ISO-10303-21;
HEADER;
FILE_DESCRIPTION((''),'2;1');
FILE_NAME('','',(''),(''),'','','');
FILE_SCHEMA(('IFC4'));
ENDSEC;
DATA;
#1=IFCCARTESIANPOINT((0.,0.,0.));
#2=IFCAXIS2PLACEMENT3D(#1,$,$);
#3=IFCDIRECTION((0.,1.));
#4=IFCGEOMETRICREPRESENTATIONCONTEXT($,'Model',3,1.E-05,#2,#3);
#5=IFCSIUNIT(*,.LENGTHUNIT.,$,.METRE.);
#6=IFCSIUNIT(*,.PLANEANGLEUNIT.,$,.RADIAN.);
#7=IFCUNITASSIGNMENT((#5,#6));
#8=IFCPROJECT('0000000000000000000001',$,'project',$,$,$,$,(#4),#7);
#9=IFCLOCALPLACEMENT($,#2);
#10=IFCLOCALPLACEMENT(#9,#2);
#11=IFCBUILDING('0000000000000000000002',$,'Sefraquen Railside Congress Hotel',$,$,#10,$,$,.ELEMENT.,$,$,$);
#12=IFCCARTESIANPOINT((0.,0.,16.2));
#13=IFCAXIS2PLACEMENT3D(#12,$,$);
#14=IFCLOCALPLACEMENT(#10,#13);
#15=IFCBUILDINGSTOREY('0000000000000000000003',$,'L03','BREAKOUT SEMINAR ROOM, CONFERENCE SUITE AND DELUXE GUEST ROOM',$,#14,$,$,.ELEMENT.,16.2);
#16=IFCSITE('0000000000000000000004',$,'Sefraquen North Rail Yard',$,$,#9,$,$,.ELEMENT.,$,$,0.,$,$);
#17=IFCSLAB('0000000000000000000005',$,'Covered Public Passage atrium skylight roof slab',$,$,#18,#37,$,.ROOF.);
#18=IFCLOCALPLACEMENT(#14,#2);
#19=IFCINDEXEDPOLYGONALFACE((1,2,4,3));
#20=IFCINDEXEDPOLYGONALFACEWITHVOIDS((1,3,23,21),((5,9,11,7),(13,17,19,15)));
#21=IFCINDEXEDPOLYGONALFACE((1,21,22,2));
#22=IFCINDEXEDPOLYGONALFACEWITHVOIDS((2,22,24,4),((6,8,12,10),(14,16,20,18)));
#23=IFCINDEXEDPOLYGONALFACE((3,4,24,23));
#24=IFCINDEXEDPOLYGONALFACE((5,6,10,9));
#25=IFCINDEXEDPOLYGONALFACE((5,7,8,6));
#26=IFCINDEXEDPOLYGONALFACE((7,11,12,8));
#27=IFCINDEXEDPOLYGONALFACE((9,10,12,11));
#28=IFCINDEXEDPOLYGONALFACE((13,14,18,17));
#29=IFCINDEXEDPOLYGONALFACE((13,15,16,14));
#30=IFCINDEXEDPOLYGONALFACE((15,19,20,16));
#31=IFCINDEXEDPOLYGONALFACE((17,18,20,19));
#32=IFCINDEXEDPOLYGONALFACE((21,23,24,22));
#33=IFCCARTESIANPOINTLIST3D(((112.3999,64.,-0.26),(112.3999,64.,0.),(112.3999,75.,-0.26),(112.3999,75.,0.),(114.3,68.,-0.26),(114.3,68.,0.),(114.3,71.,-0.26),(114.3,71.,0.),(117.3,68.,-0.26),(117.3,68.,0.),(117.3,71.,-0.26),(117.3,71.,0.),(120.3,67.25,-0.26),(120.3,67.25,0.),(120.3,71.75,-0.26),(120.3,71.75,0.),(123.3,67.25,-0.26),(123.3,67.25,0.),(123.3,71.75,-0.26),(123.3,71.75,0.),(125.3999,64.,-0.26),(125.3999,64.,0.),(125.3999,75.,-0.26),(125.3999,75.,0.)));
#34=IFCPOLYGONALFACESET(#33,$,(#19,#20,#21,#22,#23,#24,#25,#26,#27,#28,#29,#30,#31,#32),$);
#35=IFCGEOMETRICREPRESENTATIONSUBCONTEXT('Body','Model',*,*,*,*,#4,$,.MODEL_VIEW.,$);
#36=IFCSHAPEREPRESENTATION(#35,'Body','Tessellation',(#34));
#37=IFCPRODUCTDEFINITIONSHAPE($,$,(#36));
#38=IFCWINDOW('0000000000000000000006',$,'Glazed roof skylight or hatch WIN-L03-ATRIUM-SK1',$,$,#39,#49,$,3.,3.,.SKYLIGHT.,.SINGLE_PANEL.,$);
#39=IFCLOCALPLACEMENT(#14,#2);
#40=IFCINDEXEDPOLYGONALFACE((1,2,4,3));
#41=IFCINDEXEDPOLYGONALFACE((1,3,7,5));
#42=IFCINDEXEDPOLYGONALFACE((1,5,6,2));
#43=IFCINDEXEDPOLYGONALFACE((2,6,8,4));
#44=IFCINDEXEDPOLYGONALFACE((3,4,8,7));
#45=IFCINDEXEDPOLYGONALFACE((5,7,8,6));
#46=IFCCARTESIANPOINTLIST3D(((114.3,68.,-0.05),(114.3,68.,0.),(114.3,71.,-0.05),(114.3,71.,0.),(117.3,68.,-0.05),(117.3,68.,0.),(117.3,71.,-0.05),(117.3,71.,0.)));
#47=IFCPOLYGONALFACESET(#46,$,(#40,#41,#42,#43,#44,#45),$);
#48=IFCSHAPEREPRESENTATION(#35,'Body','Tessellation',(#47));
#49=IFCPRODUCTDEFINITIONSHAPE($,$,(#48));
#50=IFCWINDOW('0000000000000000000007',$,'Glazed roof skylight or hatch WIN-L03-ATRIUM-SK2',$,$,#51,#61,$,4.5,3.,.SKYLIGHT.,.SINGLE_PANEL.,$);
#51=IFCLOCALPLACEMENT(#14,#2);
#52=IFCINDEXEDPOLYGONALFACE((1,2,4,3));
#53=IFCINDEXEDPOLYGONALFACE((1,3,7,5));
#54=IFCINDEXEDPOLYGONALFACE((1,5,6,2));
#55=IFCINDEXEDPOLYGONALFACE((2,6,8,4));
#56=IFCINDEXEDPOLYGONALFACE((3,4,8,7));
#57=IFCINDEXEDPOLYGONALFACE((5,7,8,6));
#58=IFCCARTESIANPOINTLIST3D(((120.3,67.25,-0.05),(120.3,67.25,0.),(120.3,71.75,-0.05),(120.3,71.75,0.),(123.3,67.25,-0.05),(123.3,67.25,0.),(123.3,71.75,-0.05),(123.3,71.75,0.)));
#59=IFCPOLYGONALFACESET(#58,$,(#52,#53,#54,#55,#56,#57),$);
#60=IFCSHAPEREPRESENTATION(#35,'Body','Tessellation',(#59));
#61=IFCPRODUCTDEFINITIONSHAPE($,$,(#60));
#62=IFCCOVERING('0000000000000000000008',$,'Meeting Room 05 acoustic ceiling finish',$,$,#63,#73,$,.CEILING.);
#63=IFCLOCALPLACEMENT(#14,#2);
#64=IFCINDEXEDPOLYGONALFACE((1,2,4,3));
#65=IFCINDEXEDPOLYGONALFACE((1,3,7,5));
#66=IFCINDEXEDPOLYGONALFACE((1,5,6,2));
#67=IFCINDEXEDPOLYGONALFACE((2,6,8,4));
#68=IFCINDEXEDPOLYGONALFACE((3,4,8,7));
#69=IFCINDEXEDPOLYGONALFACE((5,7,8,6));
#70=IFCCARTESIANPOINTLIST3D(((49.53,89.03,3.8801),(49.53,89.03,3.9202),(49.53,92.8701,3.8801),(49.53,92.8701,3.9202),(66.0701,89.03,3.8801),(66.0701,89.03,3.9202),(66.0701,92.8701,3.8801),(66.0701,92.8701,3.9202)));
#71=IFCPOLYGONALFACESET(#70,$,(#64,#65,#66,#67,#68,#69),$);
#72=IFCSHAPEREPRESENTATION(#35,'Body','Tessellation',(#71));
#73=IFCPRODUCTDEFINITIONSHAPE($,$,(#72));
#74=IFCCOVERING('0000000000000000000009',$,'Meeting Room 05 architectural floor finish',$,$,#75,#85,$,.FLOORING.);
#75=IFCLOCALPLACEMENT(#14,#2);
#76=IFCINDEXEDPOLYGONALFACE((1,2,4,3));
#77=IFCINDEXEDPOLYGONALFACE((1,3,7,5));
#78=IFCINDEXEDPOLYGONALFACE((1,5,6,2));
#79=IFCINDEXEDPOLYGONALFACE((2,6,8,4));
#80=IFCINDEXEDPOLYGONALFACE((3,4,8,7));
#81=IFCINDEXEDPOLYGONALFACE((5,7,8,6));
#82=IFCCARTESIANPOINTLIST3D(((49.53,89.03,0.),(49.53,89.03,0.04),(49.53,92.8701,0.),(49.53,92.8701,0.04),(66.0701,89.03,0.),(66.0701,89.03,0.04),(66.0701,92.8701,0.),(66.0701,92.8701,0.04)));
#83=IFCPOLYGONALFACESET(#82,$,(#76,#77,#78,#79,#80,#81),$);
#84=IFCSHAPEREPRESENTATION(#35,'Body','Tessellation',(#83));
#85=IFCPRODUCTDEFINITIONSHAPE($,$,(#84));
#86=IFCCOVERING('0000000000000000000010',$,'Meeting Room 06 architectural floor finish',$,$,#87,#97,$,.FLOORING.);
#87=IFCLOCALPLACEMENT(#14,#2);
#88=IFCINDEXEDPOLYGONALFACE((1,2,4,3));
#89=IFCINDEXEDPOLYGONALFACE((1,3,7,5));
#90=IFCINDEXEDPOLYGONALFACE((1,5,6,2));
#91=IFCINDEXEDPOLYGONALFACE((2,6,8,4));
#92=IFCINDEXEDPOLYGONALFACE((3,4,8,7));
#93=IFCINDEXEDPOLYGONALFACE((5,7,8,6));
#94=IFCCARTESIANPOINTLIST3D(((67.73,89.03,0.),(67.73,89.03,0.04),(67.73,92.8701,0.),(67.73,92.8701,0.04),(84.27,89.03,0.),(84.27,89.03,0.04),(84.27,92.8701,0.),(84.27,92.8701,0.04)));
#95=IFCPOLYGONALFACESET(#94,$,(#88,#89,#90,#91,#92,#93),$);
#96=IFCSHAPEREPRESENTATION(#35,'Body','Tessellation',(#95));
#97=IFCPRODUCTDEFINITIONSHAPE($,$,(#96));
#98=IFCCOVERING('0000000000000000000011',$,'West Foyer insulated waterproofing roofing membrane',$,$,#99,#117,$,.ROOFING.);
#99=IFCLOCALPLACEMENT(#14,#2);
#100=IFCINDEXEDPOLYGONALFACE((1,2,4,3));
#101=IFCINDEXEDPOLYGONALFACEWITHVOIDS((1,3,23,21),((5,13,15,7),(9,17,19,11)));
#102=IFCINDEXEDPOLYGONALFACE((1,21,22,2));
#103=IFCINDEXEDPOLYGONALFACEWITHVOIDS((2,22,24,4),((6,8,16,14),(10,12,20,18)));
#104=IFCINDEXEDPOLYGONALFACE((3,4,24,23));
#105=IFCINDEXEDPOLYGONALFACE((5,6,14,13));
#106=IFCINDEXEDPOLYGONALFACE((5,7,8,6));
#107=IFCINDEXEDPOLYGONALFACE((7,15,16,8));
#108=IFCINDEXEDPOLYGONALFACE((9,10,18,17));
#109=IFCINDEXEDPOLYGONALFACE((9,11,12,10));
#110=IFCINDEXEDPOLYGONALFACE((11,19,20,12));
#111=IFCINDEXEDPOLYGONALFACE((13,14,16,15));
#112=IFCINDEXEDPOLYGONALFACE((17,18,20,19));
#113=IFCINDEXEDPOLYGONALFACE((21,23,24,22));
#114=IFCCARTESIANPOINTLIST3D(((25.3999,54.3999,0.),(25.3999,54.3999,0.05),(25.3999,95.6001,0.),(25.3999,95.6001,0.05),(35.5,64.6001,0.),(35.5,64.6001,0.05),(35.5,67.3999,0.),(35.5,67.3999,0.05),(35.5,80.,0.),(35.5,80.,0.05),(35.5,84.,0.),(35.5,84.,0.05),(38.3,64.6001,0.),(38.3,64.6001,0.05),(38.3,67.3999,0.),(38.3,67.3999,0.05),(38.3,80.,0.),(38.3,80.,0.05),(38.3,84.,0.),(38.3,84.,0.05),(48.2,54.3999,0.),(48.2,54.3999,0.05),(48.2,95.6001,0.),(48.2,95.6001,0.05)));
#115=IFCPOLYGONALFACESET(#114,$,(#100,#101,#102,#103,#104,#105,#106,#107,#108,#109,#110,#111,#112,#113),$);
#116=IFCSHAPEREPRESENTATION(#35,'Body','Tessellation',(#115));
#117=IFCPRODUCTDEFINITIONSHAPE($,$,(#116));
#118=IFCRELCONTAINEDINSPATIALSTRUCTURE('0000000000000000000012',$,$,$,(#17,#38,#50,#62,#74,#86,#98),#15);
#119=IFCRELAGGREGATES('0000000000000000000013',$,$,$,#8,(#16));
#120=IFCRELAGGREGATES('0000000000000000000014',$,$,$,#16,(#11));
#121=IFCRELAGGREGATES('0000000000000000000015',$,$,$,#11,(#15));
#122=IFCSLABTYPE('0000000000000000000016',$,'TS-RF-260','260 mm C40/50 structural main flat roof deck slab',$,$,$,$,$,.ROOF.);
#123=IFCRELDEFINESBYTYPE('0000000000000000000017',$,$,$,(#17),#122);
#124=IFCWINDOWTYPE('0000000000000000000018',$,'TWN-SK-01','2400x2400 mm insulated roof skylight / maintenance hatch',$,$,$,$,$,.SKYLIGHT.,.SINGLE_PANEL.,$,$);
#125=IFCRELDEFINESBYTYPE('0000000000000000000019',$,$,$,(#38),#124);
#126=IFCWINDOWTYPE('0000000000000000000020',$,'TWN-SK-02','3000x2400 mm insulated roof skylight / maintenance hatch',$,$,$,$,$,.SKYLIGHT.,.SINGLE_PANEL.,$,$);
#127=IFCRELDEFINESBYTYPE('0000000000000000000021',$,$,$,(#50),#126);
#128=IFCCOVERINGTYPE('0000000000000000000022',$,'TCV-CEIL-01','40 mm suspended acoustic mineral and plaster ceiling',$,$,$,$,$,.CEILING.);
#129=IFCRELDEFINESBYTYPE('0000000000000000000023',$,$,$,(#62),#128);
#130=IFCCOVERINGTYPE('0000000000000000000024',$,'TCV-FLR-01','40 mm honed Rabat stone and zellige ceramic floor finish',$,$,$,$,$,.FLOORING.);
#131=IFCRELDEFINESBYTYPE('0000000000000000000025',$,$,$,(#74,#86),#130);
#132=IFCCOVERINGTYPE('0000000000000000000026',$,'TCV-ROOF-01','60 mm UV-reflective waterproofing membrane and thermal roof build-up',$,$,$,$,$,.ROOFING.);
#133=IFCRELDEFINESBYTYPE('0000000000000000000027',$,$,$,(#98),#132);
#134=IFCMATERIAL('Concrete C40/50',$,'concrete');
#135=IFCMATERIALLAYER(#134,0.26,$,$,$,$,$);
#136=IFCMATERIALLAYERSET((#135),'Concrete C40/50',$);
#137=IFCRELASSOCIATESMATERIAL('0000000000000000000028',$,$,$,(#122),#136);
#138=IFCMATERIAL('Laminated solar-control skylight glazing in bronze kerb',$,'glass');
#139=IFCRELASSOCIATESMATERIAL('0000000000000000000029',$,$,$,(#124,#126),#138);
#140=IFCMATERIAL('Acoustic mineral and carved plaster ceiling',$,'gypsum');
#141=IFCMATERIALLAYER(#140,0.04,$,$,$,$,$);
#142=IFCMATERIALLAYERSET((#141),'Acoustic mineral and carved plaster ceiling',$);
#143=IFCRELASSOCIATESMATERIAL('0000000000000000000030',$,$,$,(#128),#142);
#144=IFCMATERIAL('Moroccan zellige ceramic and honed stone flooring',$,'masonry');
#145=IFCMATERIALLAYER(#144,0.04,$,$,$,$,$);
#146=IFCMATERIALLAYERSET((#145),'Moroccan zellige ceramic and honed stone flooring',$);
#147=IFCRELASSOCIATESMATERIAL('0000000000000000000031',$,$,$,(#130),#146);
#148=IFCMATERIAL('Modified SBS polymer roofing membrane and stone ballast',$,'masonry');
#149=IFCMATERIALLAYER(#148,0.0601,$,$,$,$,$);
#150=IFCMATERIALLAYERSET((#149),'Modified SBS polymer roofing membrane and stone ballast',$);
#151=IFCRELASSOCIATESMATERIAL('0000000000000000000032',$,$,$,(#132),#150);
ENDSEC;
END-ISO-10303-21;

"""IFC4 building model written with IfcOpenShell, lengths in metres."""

from ifc_helpers import new_model, si_unit, direction, frame, origin, origin_2d, place, context, subcontext, project, spatial, polyline, rectangle, outline, extrude, material, layer, layer_set, type_object, element, fill, save


model = new_model("IFC4")

# Units and contexts
model_context = context("Model", 3, precision=1e-05, world=origin(), true_north=direction((0.0, 1.0)))
body_context = subcontext(model_context, "Body", "Model", "MODEL_VIEW")
ifc_project = project(units=[si_unit("LENGTHUNIT", "METRE"), si_unit("PLANEANGLEUNIT", "RADIAN")], contexts=[model_context])

# Site, building, storey
site_placement = place(None, origin())
site = spatial("IfcSite", under=ifc_project, at=site_placement, Name="Sefraquen North Rail Yard", CompositionType="ELEMENT", RefElevation=0.0)
building_placement = place(site_placement, origin())
building = spatial("IfcBuilding", under=site, at=building_placement, Name="Sefraquen Railside Congress Hotel", CompositionType="ELEMENT")
storey_placement = place(building_placement, frame((0.0, 0.0, 16.2)))
storey = spatial("IfcBuildingStorey", under=building, at=storey_placement, Name="L03", Description="BREAKOUT SEMINAR ROOM, CONFERENCE SUITE AND DELUXE GUEST ROOM", CompositionType="ELEMENT", Elevation=16.2)

# Shared definitions
ifc_material_1 = material(Name="Concrete C40/50", Category="concrete")

# Slab, openings, windows
ifc_layer_1 = layer(ifc_material_1, 0.26)
ifc_layer_set_1 = layer_set([ifc_layer_1], Name="Concrete C40/50")
slab_type_1 = type_object("IfcSlabType", Name="TS-RF-260", Description="260 mm C40/50 structural main flat roof deck slab", PredefinedType="ROOF", material=ifc_layer_set_1)
ifc_material_2 = material(Name="Laminated solar-control skylight glazing in bronze kerb", Category="glass")
slab_1_placement = place(storey_placement, frame((0.0, 0.0, -0.26)))
slab_1 = element("IfcSlab", 1, at=slab_1_placement, inside=storey, type_object=slab_type_1, Name="Covered Public Passage atrium skylight roof slab", PredefinedType="ROOF", context=body_context, shape_type="SweptSolid", body=[
    extrude(outline(polyline([(112.3999, 64.0), (125.3999, 64.0), (125.3999, 75.0), (112.3999, 75.0), (112.3999, 64.0)])), origin(), (0.0, 0.0, 1.0), 0.26),
])
opening_1_placement = place(slab_1_placement, frame((115.8, 69.5, -0.01)))
opening_1 = element("IfcOpeningElement", 2, at=opening_1_placement, cuts=slab_1, PredefinedType="OPENING", context=body_context, shape_type="SweptSolid", body=[
    extrude(rectangle(XDim=3.0, YDim=3.0, at=origin_2d()), origin(), (0.0, 0.0, 1.0), 0.28),
])
opening_2_placement = place(slab_1_placement, frame((121.8, 69.5, -0.01)))
opening_2 = element("IfcOpeningElement", 3, at=opening_2_placement, cuts=slab_1, PredefinedType="OPENING", context=body_context, shape_type="SweptSolid", body=[
    extrude(rectangle(XDim=3.0, YDim=4.5, at=origin_2d()), origin(), (0.0, 0.0, 1.0), 0.28),
])
window_type_1 = type_object("IfcWindowType", Name="TWN-SK-01", Description="2400x2400 mm insulated roof skylight / maintenance hatch", PartitioningType="SINGLE_PANEL", PredefinedType="SKYLIGHT", material=ifc_material_2)
window_1_placement = place(opening_1_placement, frame((0.0, 0.0, 0.22)))
window_1 = element("IfcWindow", 4, at=window_1_placement, inside=storey, type_object=window_type_1, Name="Glazed roof skylight or hatch WIN-L03-ATRIUM-SK1", OverallHeight=3.0, OverallWidth=3.0, PartitioningType="SINGLE_PANEL", PredefinedType="SKYLIGHT", context=body_context, shape_type="SweptSolid", body=[
    extrude(rectangle(XDim=3.0, YDim=3.0, at=origin_2d()), origin(), (0.0, 0.0, 1.0), 0.05),
])
fill(opening_1, window_1)
window_type_2 = type_object("IfcWindowType", Name="TWN-SK-02", Description="3000x2400 mm insulated roof skylight / maintenance hatch", PartitioningType="SINGLE_PANEL", PredefinedType="SKYLIGHT", material=ifc_material_2)
window_2_placement = place(opening_2_placement, frame((0.0, 0.0, 0.22)))
window_2 = element("IfcWindow", 5, at=window_2_placement, inside=storey, type_object=window_type_2, Name="Glazed roof skylight or hatch WIN-L03-ATRIUM-SK2", OverallHeight=4.5, OverallWidth=3.0, PartitioningType="SINGLE_PANEL", PredefinedType="SKYLIGHT", context=body_context, shape_type="SweptSolid", body=[
    extrude(rectangle(XDim=3.0, YDim=4.5, at=origin_2d()), origin(), (0.0, 0.0, 1.0), 0.05),
])
fill(opening_2, window_2)

# Coverings
ifc_material_3 = material(Name="Acoustic mineral and carved plaster ceiling", Category="gypsum")
ifc_layer_2 = layer(ifc_material_3, 0.04)
ifc_layer_set_2 = layer_set([ifc_layer_2], Name="Acoustic mineral and carved plaster ceiling")
covering_type_1 = type_object("IfcCoveringType", Name="TCV-CEIL-01", Description="40 mm suspended acoustic mineral and plaster ceiling", PredefinedType="CEILING", material=ifc_layer_set_2)
covering_1_placement = place(storey_placement, frame((0.0, 0.0, 3.8801)))
element("IfcCovering", 6, at=covering_1_placement, inside=storey, type_object=covering_type_1, Name="Meeting Room 05 acoustic ceiling finish", PredefinedType="CEILING", context=body_context, shape_type="SweptSolid", body=[
    extrude(outline(polyline([(49.53, 89.03), (66.0701, 89.03), (66.0701, 92.8701), (49.53, 92.8701), (49.53, 89.03)])), origin(), (0.0, 0.0, 1.0), 0.04),
])
ifc_material_4 = material(Name="Moroccan zellige ceramic and honed stone flooring", Category="masonry")
ifc_layer_3 = layer(ifc_material_4, 0.04)
ifc_layer_set_3 = layer_set([ifc_layer_3], Name="Moroccan zellige ceramic and honed stone flooring")
covering_type_2 = type_object("IfcCoveringType", Name="TCV-FLR-01", Description="40 mm honed Rabat stone and zellige ceramic floor finish", PredefinedType="FLOORING", material=ifc_layer_set_3)
covering_2_placement = place(storey_placement, origin())
element("IfcCovering", 7, at=covering_2_placement, inside=storey, type_object=covering_type_2, Name="Meeting Room 05 architectural floor finish", PredefinedType="FLOORING", context=body_context, shape_type="SweptSolid", body=[
    extrude(outline(polyline([(49.53, 89.03), (66.0701, 89.03), (66.0701, 92.8701), (49.53, 92.8701), (49.53, 89.03)])), origin(), (0.0, 0.0, 1.0), 0.04),
])
covering_3_placement = place(storey_placement, origin())
element("IfcCovering", 8, at=covering_3_placement, inside=storey, type_object=covering_type_2, Name="Meeting Room 06 architectural floor finish", PredefinedType="FLOORING", context=body_context, shape_type="SweptSolid", body=[
    extrude(outline(polyline([(67.73, 89.03), (84.27, 89.03), (84.27, 92.8701), (67.73, 92.8701), (67.73, 89.03)])), origin(), (0.0, 0.0, 1.0), 0.04),
])
ifc_material_5 = material(Name="Modified SBS polymer roofing membrane and stone ballast", Category="masonry")
ifc_layer_4 = layer(ifc_material_5, 0.0601)
ifc_layer_set_4 = layer_set([ifc_layer_4], Name="Modified SBS polymer roofing membrane and stone ballast")
covering_type_3 = type_object("IfcCoveringType", Name="TCV-ROOF-01", Description="60 mm UV-reflective waterproofing membrane and thermal roof build-up", PredefinedType="ROOFING", material=ifc_layer_set_4)
covering_4_placement = place(storey_placement, origin())
element("IfcCovering", 9, at=covering_4_placement, inside=storey, type_object=covering_type_3, Name="West Foyer insulated waterproofing roofing membrane", PredefinedType="ROOFING", context=body_context, shape_type="SweptSolid", body=[
    extrude(outline(polyline([(25.3999, 54.3999), (48.2, 54.3999), (48.2, 95.6001), (25.3999, 95.6001), (25.3999, 54.3999)]), holes=[polyline([(35.5, 64.6001), (38.3, 64.6001), (38.3, 67.3999), (35.5, 67.3999), (35.5, 64.6001)]), polyline([(35.5, 80.0), (38.3, 80.0), (38.3, 84.0), (35.5, 84.0), (35.5, 80.0)])]), origin(), (0.0, 0.0, 1.0), 0.05),
])

save(model, "model.ifc")
